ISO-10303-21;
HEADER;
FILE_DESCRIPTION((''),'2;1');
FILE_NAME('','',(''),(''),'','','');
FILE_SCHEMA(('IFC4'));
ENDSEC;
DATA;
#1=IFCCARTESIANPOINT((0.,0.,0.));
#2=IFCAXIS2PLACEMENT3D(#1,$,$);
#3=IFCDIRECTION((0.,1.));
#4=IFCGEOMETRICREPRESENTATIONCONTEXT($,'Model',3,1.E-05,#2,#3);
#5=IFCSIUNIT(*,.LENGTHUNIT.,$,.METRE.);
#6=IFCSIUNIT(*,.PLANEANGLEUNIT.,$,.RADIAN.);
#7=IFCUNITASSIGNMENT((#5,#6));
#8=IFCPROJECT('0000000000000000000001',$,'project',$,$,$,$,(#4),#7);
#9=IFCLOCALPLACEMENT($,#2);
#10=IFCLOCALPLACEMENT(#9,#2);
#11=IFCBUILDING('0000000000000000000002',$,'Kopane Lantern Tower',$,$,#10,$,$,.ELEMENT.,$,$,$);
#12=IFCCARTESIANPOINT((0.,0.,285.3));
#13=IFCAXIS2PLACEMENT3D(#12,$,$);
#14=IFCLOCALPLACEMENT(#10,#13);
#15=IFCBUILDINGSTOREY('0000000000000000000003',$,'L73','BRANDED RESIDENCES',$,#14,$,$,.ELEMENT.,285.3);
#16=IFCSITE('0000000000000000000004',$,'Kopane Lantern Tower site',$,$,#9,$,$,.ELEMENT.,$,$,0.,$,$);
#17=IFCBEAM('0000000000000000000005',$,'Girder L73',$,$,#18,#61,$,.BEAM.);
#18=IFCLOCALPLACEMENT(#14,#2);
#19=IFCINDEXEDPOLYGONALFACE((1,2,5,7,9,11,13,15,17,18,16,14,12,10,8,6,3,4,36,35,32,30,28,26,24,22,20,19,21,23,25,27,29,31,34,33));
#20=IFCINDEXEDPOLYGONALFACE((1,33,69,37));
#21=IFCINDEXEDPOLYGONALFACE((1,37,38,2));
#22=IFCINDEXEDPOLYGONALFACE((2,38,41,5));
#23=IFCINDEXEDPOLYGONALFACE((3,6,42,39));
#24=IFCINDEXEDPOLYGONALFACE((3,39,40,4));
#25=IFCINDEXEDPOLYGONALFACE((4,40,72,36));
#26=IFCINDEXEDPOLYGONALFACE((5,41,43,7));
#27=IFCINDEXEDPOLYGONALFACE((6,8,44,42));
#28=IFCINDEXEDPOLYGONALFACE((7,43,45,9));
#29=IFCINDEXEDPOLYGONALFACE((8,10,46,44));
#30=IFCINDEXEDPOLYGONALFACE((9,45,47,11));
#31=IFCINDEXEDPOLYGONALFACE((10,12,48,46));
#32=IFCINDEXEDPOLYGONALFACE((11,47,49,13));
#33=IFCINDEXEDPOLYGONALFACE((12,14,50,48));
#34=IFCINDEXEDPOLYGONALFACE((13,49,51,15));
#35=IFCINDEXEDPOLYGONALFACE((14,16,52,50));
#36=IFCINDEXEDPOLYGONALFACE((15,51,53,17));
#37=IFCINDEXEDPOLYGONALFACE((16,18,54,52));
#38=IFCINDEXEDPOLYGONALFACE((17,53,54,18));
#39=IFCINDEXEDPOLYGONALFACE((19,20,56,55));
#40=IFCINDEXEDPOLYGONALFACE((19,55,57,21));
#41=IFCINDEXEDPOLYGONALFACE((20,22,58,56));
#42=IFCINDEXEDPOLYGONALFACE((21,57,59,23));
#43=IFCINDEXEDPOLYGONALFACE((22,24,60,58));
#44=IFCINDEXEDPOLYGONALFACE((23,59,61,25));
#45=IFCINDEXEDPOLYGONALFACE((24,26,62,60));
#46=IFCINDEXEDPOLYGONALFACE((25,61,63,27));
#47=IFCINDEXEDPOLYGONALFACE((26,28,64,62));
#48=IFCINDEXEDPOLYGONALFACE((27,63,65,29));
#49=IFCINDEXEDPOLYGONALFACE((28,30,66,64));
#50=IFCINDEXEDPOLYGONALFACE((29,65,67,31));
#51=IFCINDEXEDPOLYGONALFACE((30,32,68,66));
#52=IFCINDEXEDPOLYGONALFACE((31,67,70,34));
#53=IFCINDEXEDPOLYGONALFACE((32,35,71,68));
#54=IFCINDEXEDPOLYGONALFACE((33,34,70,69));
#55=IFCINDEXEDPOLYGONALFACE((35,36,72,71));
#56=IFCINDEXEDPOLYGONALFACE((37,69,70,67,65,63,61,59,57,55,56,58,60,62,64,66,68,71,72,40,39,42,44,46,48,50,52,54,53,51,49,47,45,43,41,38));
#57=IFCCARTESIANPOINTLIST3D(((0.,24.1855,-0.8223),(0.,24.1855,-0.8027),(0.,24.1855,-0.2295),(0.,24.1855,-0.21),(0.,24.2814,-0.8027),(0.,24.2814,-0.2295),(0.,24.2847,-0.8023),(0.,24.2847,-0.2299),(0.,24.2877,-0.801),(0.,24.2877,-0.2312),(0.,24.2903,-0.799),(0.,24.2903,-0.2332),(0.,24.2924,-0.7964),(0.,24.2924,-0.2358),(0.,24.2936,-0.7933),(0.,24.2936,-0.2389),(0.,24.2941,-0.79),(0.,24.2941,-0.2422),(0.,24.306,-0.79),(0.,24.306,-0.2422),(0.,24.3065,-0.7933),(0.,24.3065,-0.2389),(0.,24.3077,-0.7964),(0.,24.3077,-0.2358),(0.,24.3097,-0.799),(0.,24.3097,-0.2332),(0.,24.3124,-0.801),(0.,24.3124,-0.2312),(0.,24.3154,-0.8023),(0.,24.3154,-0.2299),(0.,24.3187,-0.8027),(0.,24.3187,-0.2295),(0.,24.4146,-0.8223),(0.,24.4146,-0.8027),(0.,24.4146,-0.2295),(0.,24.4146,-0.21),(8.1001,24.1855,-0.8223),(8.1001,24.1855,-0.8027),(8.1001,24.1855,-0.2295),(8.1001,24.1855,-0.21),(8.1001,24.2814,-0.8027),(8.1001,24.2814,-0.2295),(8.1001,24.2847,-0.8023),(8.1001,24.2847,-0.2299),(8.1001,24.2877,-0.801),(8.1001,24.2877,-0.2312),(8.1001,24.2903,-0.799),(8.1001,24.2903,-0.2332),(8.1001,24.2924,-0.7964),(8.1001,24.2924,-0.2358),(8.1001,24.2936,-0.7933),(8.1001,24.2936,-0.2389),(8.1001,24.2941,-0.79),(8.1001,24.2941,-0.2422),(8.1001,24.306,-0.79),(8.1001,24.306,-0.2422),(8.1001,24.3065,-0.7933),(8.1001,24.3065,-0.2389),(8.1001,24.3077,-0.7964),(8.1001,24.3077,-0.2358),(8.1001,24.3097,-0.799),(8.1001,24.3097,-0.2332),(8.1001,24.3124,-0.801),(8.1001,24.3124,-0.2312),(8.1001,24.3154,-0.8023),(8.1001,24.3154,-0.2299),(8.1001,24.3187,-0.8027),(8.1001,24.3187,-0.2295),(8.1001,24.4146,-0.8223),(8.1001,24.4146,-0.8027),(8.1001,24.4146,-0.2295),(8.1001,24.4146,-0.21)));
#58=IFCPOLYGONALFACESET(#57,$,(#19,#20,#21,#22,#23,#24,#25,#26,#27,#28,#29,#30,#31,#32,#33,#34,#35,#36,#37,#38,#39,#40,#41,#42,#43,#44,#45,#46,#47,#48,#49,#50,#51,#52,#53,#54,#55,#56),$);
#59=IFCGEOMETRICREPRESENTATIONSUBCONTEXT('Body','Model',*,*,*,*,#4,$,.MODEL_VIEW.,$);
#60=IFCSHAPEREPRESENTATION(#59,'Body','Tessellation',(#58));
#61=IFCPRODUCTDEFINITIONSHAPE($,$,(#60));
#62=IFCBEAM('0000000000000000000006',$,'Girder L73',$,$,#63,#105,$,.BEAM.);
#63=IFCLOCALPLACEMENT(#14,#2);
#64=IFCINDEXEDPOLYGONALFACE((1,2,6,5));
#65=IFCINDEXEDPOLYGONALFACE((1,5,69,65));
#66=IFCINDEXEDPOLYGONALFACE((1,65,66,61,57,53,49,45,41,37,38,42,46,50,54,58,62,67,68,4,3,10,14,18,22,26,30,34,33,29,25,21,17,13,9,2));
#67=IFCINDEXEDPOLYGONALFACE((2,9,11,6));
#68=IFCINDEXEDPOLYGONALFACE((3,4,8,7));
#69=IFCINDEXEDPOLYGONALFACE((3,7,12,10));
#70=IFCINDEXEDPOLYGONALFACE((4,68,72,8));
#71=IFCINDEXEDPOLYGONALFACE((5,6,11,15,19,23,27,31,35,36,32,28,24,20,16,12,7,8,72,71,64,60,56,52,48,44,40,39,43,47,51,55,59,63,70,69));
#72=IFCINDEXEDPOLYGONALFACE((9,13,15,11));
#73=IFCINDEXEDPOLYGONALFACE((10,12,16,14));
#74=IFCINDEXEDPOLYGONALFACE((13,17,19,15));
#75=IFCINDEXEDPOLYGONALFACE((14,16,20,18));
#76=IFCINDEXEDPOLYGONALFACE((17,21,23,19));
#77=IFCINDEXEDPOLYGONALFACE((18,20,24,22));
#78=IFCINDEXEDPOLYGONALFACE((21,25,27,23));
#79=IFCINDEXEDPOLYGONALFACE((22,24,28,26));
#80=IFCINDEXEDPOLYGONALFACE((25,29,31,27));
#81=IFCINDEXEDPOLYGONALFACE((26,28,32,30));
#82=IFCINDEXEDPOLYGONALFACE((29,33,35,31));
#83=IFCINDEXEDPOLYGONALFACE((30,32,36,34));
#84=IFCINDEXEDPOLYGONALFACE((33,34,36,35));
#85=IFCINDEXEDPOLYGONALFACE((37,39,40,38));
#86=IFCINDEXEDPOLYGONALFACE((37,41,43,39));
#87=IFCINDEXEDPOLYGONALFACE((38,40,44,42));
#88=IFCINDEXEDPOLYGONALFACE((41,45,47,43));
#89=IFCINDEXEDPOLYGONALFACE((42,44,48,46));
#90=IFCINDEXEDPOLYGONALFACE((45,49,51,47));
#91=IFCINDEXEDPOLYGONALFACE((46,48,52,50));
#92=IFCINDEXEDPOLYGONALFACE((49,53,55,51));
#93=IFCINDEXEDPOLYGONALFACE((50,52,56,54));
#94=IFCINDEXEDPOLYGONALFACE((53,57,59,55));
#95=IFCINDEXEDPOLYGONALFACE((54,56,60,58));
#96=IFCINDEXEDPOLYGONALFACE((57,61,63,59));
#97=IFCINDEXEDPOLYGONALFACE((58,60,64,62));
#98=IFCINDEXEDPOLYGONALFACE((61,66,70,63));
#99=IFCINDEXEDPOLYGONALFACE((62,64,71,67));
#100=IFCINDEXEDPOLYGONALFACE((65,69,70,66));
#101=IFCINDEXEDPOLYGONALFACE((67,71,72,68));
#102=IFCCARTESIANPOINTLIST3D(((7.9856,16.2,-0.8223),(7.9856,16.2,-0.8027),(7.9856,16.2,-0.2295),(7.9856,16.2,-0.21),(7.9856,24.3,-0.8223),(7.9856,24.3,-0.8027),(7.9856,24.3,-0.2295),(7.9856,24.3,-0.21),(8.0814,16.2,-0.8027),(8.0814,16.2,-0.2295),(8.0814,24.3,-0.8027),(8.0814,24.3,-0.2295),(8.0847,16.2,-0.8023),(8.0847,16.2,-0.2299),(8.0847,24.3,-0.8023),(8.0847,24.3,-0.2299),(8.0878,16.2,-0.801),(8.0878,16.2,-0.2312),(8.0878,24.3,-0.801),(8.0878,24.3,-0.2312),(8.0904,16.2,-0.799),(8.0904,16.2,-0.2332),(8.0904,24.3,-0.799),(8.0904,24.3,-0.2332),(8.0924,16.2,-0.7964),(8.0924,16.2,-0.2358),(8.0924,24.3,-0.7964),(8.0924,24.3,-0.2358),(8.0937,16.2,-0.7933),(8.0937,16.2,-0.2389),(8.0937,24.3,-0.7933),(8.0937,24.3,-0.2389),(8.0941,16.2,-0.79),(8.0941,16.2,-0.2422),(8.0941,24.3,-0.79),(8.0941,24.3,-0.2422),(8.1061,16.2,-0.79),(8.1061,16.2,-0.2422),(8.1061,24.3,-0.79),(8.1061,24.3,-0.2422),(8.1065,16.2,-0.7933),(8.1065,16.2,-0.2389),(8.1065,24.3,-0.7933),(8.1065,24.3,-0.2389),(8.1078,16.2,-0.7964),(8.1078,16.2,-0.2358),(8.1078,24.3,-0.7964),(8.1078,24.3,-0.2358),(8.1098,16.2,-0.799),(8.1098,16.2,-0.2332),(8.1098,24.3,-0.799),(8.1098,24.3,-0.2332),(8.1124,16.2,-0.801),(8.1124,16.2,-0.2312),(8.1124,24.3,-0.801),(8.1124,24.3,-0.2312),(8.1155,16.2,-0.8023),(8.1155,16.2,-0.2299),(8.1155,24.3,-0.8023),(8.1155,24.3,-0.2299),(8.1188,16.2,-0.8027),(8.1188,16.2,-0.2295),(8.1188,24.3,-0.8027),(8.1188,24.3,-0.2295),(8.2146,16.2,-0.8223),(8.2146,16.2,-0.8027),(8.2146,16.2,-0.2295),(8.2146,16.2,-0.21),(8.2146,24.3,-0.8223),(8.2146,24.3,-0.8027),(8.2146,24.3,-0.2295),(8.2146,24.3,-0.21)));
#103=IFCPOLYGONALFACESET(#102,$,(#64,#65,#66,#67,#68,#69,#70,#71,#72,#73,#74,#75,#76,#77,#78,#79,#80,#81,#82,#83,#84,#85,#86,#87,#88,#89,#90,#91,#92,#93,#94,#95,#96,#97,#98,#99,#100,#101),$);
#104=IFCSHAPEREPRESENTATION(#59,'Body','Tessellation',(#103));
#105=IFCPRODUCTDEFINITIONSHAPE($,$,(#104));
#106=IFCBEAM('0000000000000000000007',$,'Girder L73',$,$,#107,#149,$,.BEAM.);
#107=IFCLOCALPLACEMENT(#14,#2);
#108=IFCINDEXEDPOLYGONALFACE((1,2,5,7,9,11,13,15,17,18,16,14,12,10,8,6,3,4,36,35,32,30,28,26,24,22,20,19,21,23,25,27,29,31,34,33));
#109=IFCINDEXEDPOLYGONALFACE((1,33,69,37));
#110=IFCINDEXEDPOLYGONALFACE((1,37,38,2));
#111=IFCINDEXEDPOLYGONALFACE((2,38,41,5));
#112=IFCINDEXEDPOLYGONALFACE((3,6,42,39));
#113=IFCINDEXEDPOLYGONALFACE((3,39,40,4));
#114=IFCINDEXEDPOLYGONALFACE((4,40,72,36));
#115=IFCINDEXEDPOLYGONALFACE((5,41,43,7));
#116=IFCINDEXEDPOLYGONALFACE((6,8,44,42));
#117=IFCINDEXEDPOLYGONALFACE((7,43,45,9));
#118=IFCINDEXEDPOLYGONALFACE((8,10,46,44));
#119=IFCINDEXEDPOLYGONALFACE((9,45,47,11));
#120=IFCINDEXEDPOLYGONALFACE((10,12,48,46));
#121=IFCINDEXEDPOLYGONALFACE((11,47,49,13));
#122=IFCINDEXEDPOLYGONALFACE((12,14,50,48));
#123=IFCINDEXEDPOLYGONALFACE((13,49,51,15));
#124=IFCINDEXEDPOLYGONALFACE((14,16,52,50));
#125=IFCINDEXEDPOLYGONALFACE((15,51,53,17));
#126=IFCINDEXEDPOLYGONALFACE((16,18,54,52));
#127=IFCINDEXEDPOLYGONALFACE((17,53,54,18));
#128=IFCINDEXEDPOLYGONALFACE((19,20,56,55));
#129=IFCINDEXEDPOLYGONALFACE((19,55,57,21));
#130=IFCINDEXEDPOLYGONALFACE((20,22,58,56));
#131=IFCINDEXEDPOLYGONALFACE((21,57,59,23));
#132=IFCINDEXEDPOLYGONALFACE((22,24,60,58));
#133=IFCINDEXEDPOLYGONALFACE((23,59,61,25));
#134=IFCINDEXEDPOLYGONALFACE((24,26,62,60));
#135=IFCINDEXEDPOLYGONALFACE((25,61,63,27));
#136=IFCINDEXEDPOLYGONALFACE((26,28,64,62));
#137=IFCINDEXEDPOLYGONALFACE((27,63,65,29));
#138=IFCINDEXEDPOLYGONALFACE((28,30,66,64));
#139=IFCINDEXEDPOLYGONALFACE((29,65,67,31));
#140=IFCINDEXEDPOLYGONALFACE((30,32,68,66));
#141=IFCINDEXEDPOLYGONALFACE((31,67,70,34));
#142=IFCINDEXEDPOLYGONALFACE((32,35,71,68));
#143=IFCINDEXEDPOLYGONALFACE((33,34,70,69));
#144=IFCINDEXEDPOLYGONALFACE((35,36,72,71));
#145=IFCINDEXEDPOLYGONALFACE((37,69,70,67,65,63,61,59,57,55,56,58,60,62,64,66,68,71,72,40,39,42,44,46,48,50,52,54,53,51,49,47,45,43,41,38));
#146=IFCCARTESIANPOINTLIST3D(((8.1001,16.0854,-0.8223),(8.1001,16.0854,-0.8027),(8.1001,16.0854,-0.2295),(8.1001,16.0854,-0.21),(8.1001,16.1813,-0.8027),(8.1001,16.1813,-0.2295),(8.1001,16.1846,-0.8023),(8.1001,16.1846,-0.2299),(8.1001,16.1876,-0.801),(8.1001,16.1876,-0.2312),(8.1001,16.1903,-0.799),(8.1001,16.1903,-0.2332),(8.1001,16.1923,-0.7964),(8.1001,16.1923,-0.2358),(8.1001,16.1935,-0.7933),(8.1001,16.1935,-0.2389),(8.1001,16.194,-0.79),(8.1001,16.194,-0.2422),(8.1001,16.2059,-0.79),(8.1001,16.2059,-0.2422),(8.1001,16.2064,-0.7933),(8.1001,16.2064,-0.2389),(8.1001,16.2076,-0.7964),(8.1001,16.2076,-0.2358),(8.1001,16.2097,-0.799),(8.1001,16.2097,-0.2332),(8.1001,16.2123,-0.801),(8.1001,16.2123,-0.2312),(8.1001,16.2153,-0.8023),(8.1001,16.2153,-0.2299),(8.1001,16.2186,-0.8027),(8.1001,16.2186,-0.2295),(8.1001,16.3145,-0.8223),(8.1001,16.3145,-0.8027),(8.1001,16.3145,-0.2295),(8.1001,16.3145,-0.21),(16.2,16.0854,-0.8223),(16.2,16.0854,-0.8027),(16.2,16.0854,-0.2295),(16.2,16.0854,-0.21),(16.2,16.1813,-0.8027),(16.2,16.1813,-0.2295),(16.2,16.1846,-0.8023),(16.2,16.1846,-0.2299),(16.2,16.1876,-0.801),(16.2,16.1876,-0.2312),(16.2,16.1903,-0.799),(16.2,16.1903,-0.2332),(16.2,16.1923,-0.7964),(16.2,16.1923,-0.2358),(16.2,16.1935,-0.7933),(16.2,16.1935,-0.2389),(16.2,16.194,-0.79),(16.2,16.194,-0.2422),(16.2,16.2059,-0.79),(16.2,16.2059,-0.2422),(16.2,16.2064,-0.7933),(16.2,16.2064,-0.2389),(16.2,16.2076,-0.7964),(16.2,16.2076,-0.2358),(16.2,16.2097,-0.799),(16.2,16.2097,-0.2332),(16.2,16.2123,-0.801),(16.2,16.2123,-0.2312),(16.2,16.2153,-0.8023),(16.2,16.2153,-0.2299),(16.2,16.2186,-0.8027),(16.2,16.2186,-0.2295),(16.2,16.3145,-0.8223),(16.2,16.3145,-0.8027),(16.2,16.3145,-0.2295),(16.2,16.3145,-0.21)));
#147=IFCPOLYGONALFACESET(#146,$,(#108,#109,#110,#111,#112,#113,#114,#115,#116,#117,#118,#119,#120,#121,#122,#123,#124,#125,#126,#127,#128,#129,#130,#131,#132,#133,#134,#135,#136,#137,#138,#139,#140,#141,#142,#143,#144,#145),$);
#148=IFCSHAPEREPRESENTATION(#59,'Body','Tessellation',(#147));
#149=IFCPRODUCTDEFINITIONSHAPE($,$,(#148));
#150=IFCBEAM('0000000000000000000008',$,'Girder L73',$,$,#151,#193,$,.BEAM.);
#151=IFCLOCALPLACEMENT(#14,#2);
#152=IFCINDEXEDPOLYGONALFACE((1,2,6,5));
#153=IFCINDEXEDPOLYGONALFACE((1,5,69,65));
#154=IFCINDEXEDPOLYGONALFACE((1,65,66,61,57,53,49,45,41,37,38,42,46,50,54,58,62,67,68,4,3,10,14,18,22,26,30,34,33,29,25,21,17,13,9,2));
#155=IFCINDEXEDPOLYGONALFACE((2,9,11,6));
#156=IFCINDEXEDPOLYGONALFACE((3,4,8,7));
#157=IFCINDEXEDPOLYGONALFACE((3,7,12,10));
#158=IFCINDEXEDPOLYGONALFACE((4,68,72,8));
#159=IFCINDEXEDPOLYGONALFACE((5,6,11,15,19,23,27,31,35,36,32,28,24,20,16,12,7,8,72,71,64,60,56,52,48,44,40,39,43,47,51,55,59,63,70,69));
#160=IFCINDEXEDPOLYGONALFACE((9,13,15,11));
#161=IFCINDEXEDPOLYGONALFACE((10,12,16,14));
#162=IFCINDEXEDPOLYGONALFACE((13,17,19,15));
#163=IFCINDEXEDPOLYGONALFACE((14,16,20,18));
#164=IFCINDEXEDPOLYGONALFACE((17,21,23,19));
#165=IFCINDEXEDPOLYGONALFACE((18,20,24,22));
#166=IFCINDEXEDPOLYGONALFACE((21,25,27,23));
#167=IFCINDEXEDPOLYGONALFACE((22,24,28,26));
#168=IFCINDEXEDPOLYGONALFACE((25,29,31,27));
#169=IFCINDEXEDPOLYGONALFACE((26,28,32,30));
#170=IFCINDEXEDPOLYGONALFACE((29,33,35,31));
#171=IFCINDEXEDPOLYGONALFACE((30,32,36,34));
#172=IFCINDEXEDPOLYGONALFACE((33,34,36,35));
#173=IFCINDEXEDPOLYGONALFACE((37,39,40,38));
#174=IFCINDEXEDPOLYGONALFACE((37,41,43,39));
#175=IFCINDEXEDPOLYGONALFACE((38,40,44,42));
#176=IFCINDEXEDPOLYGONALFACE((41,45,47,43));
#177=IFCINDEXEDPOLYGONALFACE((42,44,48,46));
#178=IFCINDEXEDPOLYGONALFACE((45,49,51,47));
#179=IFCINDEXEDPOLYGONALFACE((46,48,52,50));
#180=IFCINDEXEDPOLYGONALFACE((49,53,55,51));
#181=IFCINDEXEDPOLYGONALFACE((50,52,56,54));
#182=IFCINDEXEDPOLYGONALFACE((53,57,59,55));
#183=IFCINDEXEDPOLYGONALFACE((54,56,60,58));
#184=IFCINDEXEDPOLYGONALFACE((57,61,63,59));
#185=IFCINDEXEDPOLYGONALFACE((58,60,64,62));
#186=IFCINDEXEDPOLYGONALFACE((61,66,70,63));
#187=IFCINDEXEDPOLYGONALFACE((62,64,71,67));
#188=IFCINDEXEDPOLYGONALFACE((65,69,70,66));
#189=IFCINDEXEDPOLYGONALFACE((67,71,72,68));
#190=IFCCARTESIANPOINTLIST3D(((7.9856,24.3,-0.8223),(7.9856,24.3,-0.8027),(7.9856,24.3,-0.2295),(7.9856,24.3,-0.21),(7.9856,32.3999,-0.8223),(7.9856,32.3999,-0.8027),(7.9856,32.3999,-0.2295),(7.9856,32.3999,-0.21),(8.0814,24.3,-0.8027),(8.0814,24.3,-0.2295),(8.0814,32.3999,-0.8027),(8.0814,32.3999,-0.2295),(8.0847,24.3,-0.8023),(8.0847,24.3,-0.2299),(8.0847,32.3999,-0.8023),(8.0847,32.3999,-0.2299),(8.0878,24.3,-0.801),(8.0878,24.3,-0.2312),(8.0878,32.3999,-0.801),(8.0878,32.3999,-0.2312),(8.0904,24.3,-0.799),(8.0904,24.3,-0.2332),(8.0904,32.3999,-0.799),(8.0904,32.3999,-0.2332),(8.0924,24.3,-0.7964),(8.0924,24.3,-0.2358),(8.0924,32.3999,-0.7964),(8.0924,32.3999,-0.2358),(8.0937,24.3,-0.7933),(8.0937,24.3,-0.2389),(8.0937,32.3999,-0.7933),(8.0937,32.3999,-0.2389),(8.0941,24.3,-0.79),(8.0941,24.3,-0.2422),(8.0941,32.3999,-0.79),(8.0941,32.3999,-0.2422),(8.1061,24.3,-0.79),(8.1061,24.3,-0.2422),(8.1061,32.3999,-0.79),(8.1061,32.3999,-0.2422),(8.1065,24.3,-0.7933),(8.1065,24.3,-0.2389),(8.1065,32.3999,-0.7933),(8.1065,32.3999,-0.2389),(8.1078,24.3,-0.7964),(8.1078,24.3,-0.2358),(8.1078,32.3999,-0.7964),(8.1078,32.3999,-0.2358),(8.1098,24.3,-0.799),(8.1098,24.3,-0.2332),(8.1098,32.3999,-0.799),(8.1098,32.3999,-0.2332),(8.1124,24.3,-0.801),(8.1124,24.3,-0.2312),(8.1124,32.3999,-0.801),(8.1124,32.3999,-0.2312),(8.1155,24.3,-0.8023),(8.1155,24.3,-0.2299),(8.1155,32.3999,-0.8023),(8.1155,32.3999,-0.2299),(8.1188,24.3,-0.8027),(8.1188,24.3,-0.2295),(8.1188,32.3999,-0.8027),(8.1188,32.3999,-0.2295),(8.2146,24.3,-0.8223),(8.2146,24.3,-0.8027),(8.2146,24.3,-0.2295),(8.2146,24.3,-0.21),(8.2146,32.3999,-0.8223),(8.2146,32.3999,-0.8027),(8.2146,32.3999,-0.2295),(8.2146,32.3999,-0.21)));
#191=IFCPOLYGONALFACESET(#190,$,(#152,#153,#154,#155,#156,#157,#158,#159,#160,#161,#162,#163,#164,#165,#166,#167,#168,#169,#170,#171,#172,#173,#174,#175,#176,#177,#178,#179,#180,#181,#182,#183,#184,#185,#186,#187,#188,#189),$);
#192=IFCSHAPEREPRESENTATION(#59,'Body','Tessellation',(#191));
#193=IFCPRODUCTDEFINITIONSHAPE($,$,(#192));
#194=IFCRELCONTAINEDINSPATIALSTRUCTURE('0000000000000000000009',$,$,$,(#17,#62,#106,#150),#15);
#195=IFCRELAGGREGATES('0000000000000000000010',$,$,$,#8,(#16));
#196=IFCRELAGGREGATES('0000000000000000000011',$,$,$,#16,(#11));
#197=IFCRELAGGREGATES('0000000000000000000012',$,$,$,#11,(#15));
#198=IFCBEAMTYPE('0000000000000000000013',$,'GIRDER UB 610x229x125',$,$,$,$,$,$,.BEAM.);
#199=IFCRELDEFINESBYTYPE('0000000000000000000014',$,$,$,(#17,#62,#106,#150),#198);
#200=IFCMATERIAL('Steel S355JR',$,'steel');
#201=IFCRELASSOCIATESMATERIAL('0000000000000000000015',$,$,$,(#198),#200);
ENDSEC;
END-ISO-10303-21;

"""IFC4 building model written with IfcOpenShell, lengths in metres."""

from ifc_helpers import new_model, si_unit, direction, frame, origin, origin_2d, place, context, subcontext, project, spatial, i_section, extrude, material, material_profile, profile_set, type_object, element, save


model = new_model("IFC4")

# Units and contexts
model_context = context("Model", 3, precision=1e-05, world=origin(), true_north=direction((0.0, 1.0)))
body_context = subcontext(model_context, "Body", "Model", "MODEL_VIEW")
ifc_project = project(units=[si_unit("LENGTHUNIT", "METRE"), si_unit("PLANEANGLEUNIT", "RADIAN")], contexts=[model_context])

# Site, building, storey
site_placement = place(None, origin())
site = spatial("IfcSite", under=ifc_project, at=site_placement, Name="Kopane Lantern Tower site", CompositionType="ELEMENT", RefElevation=0.0)
building_placement = place(site_placement, origin())
building = spatial("IfcBuilding", under=site, at=building_placement, Name="Kopane Lantern Tower", CompositionType="ELEMENT")
storey_placement = place(building_placement, frame((0.0, 0.0, 285.3)))
storey = spatial("IfcBuildingStorey", under=building, at=storey_placement, Name="L73", Description="BRANDED RESIDENCES", CompositionType="ELEMENT", Elevation=285.3)

# Beams
ifc_material_1 = material(Name="Steel S355JR", Category="steel")
ifc_material_profile_1 = material_profile(ifc_material_1, i_section(OverallWidth=0.229, OverallDepth=0.6123, WebThickness=0.012, FlangeThickness=0.0195, FilletRadius=0.0127, at=origin_2d()), Name="UB 610x229x125")
ifc_profile_set_1 = profile_set([ifc_material_profile_1], Name="Steel S355JR")
beam_type_1 = type_object("IfcBeamType", Name="GIRDER UB 610x229x125", PredefinedType="BEAM", material=ifc_profile_set_1)
for number, where, z_axis, x_axis, name in (
    (1, (0.0, 24.3, -0.5161), (1.0, 0.0, 0.0), (0.0, 1.0, 0.0), "Girder L73"),
    (2, (8.1001, 16.2, -0.5161), (0.0, 1.0, 0.0), (-1.0, 0.0, 0.0), "Girder L73"),
):
    element("IfcBeam", number, at=place(storey_placement, frame(where, z_axis=z_axis, x_axis=x_axis)), inside=storey, type_object=beam_type_1, Name=name, PredefinedType="BEAM", context=body_context, shape_type="SweptSolid", body=[
        extrude(i_section(OverallWidth=0.229, OverallDepth=0.6123, WebThickness=0.012, FlangeThickness=0.0195, FilletRadius=0.0127, at=origin_2d()), origin(), (0.0, 0.0, 1.0), 8.1001),
    ])
for number, where, z_axis, x_axis, name in (
    (3, (8.1001, 16.2, -0.5161), (1.0, 0.0, 0.0), (0.0, 1.0, 0.0), "Girder L73"),
    (4, (8.1001, 24.3, -0.5161), (0.0, 1.0, 0.0), (-1.0, 0.0, 0.0), "Girder L73"),
):
    element("IfcBeam", number, at=place(storey_placement, frame(where, z_axis=z_axis, x_axis=x_axis)), inside=storey, type_object=beam_type_1, Name=name, PredefinedType="BEAM", context=body_context, shape_type="SweptSolid", body=[
        extrude(i_section(OverallWidth=0.229, OverallDepth=0.6123, WebThickness=0.012, FlangeThickness=0.0195, FilletRadius=0.0127, at=origin_2d()), origin(), (0.0, 0.0, 1.0), 8.0999),
    ])

save(model, "model.ifc")
